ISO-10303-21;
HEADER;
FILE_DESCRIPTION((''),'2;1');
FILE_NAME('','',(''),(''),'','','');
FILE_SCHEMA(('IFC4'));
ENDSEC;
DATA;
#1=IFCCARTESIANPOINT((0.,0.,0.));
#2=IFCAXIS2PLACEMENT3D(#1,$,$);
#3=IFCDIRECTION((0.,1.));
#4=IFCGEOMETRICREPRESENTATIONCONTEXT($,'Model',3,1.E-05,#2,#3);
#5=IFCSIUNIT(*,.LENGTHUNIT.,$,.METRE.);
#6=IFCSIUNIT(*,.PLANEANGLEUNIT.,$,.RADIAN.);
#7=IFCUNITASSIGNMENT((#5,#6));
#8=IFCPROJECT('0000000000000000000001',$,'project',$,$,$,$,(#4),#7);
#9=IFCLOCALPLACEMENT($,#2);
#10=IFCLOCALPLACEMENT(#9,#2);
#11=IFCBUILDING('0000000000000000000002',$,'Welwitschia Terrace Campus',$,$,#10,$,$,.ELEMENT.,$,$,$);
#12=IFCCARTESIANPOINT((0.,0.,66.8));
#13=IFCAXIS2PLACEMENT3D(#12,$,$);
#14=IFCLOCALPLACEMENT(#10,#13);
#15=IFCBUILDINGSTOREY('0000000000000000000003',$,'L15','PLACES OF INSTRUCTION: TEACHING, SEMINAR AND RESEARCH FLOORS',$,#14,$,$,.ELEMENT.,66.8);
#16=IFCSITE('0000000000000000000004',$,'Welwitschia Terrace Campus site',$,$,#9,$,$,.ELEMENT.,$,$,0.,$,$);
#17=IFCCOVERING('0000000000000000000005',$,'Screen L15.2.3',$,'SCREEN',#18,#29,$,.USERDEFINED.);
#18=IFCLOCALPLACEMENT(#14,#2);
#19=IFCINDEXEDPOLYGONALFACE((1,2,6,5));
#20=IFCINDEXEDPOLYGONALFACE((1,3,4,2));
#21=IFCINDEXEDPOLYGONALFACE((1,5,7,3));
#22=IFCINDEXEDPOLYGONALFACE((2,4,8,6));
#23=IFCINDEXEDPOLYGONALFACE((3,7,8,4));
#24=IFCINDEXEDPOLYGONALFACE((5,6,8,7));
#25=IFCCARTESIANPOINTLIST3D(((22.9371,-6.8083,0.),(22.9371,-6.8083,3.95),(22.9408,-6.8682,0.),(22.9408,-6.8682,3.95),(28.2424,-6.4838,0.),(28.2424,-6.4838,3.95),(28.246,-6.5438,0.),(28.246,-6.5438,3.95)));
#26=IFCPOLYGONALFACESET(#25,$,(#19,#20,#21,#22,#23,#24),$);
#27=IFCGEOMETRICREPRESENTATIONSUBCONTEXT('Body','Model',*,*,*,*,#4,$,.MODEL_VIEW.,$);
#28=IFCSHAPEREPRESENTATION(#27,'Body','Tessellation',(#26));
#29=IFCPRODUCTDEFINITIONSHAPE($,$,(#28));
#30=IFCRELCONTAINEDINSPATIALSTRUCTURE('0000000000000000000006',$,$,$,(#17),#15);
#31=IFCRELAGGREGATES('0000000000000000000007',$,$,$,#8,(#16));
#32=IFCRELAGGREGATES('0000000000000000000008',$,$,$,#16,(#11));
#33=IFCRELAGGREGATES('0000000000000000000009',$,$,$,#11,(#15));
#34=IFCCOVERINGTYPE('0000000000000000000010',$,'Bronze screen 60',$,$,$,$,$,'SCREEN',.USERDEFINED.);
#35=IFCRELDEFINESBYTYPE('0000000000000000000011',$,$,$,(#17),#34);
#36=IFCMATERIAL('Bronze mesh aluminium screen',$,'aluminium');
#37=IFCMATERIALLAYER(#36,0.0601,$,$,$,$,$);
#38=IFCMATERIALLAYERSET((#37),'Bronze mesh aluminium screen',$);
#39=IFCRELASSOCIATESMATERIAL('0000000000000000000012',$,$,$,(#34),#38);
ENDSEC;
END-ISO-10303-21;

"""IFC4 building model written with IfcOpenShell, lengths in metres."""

from ifc_helpers import new_model, si_unit, direction, frame, origin, origin_2d, place, context, subcontext, project, spatial, rectangle, extrude, material, layer, layer_set, type_object, element, save


model = new_model("IFC4")

# Units and contexts
model_context = context("Model", 3, precision=1e-05, world=origin(), true_north=direction((0.0, 1.0)))
body_context = subcontext(model_context, "Body", "Model", "MODEL_VIEW")
ifc_project = project(units=[si_unit("LENGTHUNIT", "METRE"), si_unit("PLANEANGLEUNIT", "RADIAN")], contexts=[model_context])

# Site, building, storey
site_placement = place(None, origin())
site = spatial("IfcSite", under=ifc_project, at=site_placement, Name="Welwitschia Terrace Campus site", CompositionType="ELEMENT", RefElevation=0.0)
building_placement = place(site_placement, origin())
building = spatial("IfcBuilding", under=site, at=building_placement, Name="Welwitschia Terrace Campus", CompositionType="ELEMENT")
storey_placement = place(building_placement, frame((0.0, 0.0, 66.8)))
storey = spatial("IfcBuildingStorey", under=building, at=storey_placement, Name="L15", Description="PLACES OF INSTRUCTION: TEACHING, SEMINAR AND RESEARCH FLOORS", CompositionType="ELEMENT", Elevation=66.8)

# Covering
ifc_material_1 = material(Name="Bronze mesh aluminium screen", Category="aluminium")
ifc_layer_1 = layer(ifc_material_1, 0.0601)
ifc_layer_set_1 = layer_set([ifc_layer_1], Name="Bronze mesh aluminium screen")
covering_type = type_object("IfcCoveringType", Name="Bronze screen 60", ElementType="SCREEN", PredefinedType="USERDEFINED", material=ifc_layer_set_1)
for number, where, z_axis, x_axis, name in (
    (1, (25.5916, -6.676, 0.0), (0.0, 0.0, 1.0), (0.998135, 0.061049, 0.0), "Screen L15.2.3"),
):
    element("IfcCovering", number, at=place(storey_placement, frame(where, z_axis=z_axis, x_axis=x_axis)), inside=storey, type_object=covering_type, Name=name, ObjectType="SCREEN", PredefinedType="USERDEFINED", context=body_context, shape_type="SweptSolid", body=[
        extrude(rectangle(XDim=5.3152, YDim=0.0601, at=origin_2d()), origin(), (0.0, 0.0, 1.0), 3.95),
    ])

save(model, "model.ifc")
